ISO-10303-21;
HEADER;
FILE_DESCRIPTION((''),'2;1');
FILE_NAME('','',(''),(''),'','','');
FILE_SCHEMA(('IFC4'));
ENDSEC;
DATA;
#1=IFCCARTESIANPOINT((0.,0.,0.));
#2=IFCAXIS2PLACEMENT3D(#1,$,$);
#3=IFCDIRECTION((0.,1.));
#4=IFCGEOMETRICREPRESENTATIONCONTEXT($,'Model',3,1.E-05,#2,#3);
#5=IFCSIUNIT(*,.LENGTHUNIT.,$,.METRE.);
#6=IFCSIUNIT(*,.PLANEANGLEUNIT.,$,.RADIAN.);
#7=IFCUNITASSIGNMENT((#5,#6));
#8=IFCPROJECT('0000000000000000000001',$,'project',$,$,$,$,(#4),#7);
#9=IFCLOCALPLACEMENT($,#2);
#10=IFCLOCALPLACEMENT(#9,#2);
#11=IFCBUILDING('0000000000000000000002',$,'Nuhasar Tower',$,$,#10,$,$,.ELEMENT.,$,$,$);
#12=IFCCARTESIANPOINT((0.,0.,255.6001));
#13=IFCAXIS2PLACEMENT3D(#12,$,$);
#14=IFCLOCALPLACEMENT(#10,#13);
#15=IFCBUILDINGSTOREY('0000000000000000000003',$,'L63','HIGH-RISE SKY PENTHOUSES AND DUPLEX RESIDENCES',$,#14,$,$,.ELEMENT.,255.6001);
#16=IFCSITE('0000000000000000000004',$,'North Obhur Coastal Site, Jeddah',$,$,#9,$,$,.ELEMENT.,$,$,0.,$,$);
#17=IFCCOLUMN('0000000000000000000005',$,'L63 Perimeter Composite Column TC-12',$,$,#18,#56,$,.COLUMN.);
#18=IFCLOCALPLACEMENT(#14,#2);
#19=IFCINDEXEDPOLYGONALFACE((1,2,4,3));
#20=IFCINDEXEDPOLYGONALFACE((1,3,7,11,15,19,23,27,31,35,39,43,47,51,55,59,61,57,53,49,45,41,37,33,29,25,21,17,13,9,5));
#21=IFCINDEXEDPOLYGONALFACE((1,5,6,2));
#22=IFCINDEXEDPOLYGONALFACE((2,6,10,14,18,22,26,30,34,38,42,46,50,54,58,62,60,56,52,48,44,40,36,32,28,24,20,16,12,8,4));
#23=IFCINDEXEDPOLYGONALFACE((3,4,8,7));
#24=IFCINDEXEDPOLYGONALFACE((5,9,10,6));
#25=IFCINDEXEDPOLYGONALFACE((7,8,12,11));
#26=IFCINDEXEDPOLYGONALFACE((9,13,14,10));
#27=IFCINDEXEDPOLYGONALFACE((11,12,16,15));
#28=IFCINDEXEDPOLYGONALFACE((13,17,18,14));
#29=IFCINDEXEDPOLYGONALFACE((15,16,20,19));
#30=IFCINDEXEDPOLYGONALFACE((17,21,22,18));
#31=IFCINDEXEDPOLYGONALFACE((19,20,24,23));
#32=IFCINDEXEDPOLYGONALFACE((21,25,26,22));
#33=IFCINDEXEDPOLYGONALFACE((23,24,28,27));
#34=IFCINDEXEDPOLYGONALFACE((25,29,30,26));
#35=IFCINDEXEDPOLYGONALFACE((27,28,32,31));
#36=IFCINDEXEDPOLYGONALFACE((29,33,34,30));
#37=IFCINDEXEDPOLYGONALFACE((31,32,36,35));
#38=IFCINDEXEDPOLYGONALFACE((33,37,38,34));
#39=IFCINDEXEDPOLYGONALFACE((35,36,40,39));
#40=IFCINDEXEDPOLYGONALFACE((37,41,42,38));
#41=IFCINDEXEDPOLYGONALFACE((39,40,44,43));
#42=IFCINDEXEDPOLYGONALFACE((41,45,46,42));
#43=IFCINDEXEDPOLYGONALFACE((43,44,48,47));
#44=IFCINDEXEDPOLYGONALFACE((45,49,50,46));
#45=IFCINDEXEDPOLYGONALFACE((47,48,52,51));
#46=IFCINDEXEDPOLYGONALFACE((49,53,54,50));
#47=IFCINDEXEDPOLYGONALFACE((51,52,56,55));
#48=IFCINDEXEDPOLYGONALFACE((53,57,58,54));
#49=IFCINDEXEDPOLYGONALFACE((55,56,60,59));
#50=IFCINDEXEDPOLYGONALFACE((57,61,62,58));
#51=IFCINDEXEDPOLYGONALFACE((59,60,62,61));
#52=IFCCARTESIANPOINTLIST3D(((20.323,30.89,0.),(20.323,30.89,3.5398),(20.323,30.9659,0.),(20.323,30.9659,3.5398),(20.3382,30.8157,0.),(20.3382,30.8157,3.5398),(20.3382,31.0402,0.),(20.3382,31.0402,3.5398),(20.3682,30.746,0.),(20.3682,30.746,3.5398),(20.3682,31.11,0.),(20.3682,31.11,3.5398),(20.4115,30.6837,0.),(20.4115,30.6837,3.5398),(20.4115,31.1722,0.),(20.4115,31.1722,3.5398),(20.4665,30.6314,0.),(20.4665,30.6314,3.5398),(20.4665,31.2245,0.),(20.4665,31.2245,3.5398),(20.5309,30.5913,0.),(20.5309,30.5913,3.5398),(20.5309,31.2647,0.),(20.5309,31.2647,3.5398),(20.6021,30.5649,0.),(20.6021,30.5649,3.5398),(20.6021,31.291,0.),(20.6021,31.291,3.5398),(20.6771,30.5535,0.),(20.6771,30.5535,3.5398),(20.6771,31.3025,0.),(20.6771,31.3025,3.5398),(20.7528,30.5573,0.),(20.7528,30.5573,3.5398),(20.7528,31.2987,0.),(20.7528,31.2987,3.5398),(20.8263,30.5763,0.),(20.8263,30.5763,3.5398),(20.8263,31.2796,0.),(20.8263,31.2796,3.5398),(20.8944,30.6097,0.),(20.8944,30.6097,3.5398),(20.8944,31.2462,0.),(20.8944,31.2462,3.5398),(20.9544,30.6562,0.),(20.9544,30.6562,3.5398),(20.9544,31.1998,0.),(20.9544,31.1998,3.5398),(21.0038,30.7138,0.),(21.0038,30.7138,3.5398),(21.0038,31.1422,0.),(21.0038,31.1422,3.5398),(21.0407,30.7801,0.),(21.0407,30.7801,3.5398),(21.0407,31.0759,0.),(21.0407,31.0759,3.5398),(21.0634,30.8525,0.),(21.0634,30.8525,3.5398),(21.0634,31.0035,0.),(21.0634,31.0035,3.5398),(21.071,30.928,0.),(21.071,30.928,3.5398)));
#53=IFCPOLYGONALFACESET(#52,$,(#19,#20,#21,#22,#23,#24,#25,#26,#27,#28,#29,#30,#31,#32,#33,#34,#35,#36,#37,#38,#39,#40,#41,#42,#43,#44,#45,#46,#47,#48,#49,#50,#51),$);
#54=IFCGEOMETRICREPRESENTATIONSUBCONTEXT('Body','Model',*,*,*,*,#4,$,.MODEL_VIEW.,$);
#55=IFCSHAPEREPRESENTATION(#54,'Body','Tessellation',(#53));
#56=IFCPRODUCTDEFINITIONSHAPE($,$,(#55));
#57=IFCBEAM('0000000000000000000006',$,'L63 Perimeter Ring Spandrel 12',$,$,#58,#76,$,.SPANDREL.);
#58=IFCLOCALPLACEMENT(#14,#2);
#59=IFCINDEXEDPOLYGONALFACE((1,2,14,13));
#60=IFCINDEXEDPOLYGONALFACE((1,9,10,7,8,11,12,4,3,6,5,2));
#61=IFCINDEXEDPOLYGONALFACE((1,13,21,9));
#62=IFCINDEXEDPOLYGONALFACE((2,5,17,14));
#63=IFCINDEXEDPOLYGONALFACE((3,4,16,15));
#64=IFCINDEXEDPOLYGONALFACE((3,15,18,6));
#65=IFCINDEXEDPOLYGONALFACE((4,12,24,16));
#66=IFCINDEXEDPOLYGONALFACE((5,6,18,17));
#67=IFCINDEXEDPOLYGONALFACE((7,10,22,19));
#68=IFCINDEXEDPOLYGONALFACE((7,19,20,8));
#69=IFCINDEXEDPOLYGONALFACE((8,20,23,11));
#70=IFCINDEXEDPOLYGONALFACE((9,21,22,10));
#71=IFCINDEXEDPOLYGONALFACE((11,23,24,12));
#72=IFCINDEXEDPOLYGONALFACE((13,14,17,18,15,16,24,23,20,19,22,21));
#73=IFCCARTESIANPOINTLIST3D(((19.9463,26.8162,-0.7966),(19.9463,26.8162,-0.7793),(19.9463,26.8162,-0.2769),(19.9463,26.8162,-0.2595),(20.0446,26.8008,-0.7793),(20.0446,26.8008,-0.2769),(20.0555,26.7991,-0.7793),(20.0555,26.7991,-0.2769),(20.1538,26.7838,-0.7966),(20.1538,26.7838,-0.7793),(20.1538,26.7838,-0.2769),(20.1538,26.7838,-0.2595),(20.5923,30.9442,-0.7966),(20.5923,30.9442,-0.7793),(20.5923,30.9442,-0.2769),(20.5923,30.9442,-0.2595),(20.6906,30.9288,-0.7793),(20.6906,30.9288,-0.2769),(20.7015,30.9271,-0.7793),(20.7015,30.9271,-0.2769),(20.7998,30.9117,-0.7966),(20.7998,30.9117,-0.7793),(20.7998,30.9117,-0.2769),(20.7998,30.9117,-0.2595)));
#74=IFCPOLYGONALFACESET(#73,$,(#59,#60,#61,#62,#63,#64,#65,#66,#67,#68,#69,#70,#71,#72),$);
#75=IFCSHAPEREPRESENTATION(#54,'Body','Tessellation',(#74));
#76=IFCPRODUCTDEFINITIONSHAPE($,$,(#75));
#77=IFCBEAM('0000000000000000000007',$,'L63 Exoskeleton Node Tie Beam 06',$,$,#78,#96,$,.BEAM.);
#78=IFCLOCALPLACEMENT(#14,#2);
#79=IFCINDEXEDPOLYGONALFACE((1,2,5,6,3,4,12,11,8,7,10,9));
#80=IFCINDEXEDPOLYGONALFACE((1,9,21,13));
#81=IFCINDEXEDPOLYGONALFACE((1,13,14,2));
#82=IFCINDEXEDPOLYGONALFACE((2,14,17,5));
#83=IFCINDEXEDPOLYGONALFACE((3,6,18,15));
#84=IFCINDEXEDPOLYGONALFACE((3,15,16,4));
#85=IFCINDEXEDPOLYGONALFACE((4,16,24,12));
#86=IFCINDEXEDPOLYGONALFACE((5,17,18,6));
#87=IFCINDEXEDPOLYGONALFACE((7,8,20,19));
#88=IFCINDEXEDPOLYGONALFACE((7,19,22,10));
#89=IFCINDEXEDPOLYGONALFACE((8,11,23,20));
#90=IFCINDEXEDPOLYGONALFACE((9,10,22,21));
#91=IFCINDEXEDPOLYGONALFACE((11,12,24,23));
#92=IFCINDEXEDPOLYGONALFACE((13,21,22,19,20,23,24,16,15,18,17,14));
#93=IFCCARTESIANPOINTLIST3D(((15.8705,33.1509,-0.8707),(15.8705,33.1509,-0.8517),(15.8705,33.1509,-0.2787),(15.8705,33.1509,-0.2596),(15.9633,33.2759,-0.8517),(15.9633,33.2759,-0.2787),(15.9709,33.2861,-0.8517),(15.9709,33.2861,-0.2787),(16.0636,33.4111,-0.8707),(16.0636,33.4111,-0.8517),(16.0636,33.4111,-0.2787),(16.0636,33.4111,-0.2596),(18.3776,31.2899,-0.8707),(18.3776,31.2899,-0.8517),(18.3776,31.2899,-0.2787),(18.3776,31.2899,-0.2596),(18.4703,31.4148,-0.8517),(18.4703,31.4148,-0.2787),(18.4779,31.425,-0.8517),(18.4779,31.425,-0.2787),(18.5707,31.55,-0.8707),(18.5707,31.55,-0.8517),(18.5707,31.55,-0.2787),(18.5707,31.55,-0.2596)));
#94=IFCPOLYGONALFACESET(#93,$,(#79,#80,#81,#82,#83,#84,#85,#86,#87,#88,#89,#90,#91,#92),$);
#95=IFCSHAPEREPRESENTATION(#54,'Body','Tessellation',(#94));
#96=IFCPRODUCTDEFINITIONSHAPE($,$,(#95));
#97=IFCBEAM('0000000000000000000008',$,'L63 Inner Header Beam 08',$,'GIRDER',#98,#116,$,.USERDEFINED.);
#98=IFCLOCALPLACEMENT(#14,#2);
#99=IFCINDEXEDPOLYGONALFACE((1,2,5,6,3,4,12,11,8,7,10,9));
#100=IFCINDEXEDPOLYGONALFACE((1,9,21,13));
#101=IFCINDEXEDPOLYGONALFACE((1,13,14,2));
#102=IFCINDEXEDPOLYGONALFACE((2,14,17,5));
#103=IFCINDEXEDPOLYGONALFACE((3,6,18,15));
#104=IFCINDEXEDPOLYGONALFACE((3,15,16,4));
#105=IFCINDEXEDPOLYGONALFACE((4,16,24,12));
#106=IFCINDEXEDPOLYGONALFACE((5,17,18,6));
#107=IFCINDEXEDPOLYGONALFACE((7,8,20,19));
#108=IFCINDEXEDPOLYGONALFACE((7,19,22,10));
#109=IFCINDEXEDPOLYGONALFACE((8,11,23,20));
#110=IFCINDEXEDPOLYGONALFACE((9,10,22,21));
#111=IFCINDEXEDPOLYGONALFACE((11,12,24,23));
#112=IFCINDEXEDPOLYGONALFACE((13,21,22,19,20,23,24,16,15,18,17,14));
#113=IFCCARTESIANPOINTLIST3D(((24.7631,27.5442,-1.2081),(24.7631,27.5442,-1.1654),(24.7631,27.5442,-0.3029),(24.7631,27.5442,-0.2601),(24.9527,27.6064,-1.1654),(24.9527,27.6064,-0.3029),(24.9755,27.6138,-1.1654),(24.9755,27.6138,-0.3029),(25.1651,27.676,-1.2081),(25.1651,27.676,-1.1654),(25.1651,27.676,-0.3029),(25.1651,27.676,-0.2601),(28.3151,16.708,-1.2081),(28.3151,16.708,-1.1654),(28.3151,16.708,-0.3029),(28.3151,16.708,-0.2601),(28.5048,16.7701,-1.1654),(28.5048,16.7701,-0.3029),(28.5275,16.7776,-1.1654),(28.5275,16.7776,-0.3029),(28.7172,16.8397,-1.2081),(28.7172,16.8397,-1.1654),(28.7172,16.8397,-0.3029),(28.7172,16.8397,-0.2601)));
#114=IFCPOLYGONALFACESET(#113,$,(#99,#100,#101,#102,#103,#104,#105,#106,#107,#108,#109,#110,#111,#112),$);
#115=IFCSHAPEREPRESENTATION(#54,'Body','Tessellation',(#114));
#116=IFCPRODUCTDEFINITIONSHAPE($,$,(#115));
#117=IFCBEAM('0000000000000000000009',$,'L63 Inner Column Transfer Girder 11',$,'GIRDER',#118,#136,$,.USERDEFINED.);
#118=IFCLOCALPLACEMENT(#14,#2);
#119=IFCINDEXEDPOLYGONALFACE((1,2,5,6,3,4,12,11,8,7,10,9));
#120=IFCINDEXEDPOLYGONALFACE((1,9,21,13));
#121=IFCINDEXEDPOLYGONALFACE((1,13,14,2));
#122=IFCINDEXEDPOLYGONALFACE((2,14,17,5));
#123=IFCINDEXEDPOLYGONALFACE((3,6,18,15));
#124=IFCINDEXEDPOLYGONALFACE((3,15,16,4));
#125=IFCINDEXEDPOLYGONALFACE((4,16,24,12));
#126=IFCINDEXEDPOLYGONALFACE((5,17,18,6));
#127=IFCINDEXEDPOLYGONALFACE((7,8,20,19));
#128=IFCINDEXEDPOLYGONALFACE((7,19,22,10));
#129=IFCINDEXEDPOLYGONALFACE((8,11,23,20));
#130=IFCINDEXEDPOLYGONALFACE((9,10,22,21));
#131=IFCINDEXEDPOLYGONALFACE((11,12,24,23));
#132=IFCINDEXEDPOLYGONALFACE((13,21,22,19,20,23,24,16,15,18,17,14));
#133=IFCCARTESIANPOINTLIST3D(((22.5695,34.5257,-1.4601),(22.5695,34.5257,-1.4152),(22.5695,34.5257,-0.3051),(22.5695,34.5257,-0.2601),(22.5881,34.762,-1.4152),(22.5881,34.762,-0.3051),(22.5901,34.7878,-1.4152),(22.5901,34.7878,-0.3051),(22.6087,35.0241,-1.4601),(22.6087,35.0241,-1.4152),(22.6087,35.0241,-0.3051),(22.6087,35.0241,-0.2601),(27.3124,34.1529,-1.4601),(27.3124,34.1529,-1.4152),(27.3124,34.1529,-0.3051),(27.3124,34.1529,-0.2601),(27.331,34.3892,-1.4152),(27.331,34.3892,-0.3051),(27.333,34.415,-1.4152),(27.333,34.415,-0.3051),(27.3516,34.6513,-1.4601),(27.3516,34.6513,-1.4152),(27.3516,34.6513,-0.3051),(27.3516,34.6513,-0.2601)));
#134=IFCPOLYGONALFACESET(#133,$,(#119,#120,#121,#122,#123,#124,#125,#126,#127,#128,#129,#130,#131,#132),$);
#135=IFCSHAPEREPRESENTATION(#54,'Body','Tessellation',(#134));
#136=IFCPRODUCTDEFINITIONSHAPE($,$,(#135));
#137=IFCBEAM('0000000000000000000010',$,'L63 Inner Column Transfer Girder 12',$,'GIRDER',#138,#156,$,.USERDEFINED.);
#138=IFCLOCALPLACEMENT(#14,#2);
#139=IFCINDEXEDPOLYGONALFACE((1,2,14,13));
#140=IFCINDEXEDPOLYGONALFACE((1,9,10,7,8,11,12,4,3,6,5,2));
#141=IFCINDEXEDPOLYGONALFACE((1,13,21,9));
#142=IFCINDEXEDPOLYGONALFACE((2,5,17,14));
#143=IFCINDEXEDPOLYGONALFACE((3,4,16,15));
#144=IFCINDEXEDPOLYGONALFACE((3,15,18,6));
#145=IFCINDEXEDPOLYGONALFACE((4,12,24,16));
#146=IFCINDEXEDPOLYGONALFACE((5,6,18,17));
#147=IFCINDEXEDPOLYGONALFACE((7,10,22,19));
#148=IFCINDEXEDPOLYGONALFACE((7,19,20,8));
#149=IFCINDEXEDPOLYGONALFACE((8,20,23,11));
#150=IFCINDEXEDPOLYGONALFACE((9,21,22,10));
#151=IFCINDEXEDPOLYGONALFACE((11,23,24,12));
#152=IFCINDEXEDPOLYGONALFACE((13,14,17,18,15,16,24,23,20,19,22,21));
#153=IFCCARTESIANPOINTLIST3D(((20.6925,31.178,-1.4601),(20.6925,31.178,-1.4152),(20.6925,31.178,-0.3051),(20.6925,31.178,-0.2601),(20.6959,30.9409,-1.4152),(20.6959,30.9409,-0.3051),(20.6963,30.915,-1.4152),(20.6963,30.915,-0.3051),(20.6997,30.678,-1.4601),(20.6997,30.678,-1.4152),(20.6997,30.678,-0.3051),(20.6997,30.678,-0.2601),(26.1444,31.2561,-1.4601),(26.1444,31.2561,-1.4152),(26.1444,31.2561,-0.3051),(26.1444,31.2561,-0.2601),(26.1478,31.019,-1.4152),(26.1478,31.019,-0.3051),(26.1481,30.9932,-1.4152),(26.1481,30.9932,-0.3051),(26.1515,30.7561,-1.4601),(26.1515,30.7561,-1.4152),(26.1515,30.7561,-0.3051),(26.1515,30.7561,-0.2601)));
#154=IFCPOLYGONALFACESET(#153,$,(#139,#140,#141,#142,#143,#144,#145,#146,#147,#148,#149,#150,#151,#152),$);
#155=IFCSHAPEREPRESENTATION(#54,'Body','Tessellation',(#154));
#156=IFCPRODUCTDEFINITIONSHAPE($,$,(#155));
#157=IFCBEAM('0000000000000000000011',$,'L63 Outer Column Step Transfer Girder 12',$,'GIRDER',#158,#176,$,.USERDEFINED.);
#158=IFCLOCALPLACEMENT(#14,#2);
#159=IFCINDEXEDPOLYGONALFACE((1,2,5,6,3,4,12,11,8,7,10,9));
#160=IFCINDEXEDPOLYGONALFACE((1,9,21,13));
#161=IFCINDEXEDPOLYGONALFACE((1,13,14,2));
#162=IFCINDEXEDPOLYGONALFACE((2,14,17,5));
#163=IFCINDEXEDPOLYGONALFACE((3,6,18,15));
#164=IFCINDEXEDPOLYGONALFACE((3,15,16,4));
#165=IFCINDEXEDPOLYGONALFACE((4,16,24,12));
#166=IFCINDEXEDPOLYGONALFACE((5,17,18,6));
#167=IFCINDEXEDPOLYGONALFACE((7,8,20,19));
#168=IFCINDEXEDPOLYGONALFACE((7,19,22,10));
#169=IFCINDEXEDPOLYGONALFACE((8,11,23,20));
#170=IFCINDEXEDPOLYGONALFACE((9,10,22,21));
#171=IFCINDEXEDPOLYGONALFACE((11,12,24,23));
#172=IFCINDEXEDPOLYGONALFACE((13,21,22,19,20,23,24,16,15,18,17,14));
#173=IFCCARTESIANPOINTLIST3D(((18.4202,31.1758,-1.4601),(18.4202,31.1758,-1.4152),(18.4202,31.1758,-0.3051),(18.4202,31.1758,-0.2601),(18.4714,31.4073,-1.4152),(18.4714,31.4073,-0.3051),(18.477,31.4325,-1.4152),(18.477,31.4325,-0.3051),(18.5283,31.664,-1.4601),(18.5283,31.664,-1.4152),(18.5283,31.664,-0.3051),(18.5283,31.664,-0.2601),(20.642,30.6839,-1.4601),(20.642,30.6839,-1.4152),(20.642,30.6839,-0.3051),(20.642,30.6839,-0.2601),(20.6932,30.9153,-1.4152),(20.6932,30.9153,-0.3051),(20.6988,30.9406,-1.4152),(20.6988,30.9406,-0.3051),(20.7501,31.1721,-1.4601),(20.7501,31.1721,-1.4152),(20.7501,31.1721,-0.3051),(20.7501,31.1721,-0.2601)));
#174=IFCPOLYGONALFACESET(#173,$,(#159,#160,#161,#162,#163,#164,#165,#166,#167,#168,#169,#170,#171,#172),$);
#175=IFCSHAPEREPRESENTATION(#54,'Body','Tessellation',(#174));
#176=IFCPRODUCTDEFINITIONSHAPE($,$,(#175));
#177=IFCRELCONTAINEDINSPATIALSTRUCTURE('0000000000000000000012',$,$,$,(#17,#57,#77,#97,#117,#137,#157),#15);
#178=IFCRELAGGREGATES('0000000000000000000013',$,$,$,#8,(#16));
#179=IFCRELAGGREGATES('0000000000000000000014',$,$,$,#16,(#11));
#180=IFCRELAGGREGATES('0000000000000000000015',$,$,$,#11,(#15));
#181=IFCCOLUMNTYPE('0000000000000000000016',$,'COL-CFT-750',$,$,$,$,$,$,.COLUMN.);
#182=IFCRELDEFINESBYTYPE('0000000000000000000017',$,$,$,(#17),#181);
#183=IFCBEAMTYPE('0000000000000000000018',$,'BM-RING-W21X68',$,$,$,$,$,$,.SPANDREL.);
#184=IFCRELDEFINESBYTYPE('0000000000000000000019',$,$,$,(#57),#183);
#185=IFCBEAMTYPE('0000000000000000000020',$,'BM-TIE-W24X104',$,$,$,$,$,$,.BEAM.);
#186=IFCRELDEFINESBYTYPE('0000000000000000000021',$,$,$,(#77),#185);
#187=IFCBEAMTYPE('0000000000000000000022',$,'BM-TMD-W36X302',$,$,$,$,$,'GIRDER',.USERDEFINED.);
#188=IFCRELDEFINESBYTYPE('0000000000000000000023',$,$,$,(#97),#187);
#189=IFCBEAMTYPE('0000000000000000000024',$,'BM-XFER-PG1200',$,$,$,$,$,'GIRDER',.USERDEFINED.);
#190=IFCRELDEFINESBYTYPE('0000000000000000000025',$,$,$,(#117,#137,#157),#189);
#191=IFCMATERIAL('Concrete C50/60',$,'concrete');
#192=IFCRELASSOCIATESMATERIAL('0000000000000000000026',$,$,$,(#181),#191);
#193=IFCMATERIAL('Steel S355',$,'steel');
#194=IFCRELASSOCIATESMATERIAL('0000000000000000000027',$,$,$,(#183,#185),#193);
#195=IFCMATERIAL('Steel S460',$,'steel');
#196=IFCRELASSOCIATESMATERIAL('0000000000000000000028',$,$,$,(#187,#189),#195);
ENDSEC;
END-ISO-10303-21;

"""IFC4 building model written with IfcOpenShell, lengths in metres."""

from ifc_helpers import new_model, si_unit, direction, frame, origin, origin_2d, place, context, subcontext, project, spatial, circle, i_section, extrude, material, material_profile, profile_set, type_object, element, save


model = new_model("IFC4")

# Units and contexts
model_context = context("Model", 3, precision=1e-05, world=origin(), true_north=direction((0.0, 1.0)))
body_context = subcontext(model_context, "Body", "Model", "MODEL_VIEW")
ifc_project = project(units=[si_unit("LENGTHUNIT", "METRE"), si_unit("PLANEANGLEUNIT", "RADIAN")], contexts=[model_context])

# Site, building, storey
site_placement = place(None, origin())
site = spatial("IfcSite", under=ifc_project, at=site_placement, Name="North Obhur Coastal Site, Jeddah", CompositionType="ELEMENT", RefElevation=0.0)
building_placement = place(site_placement, origin())
building = spatial("IfcBuilding", under=site, at=building_placement, Name="Nuhasar Tower", CompositionType="ELEMENT")
storey_placement = place(building_placement, frame((0.0, 0.0, 255.6001)))
storey = spatial("IfcBuildingStorey", under=building, at=storey_placement, Name="L63", Description="HIGH-RISE SKY PENTHOUSES AND DUPLEX RESIDENCES", CompositionType="ELEMENT", Elevation=255.6001)

# Column
ifc_material_1 = material(Name="Concrete C50/60", Category="concrete")
ifc_material_profile_1 = material_profile(ifc_material_1, circle(Radius=0.375, at=origin_2d()), Name="CFT750")
ifc_profile_set_1 = profile_set([ifc_material_profile_1], Name="Concrete C50/60")
column_type = type_object("IfcColumnType", Name="COL-CFT-750", PredefinedType="COLUMN", material=ifc_profile_set_1)
column_placement = place(storey_placement, frame((20.696, 30.928, 0.0), z_axis=(0.0, 0.0, 1.0), x_axis=(1.0, 0.0, 0.0)))
element("IfcColumn", 1, at=column_placement, inside=storey, type_object=column_type, Name="L63 Perimeter Composite Column TC-12", PredefinedType="COLUMN", context=body_context, shape_type="SweptSolid", body=[
    extrude(circle(Radius=0.375, at=origin_2d()), origin(), (0.0, 0.0, 1.0), 3.5398),
])

# Beams
ifc_material_2 = material(Name="Steel S355", Category="steel")
ifc_material_profile_2 = material_profile(ifc_material_2, i_section(OverallWidth=0.21, OverallDepth=0.5371, WebThickness=0.011, FlangeThickness=0.0173, at=origin_2d()), Name="W21X68")
ifc_profile_set_2 = profile_set([ifc_material_profile_2], Name="Steel S355")
beam_type_1 = type_object("IfcBeamType", Name="BM-RING-W21X68", PredefinedType="SPANDREL", material=ifc_profile_set_2)
beam_1_placement = place(storey_placement, frame((20.696, 30.928, -0.5281), z_axis=(-0.154612, -0.987975, 0.0), x_axis=(0.987975, -0.154612, 0.0)))
element("IfcBeam", 2, at=beam_1_placement, inside=storey, type_object=beam_type_1, Name="L63 Perimeter Ring Spandrel 12", PredefinedType="SPANDREL", context=body_context, shape_type="SweptSolid", body=[
    extrude(i_section(OverallWidth=0.21, OverallDepth=0.5371, WebThickness=0.011, FlangeThickness=0.0173, at=origin_2d()), origin(), (0.0, 0.0, 1.0), 4.1782),
])
ifc_material_profile_3 = material_profile(ifc_material_2, i_section(OverallWidth=0.324, OverallDepth=0.6111, WebThickness=0.0127, FlangeThickness=0.019, at=origin_2d()), Name="W24X104")
ifc_profile_set_3 = profile_set([ifc_material_profile_3], Name="Steel S355")
beam_type_2 = type_object("IfcBeamType", Name="BM-TIE-W24X104", PredefinedType="BEAM", material=ifc_profile_set_3)
beam_2_placement = place(storey_placement, frame((18.4741, 31.4199, -0.5652), z_axis=(-0.802946, 0.596052, 0.0), x_axis=(-0.596052, -0.802946, 0.0)))
element("IfcBeam", 3, at=beam_2_placement, inside=storey, type_object=beam_type_2, Name="L63 Exoskeleton Node Tie Beam 06", PredefinedType="BEAM", context=body_context, shape_type="SweptSolid", body=[
    extrude(i_section(OverallWidth=0.324, OverallDepth=0.6111, WebThickness=0.0127, FlangeThickness=0.019, at=origin_2d()), origin(), (0.0, 0.0, 1.0), 3.1223),
])
ifc_material_3 = material(Name="Steel S460", Category="steel")
ifc_material_profile_4 = material_profile(ifc_material_3, i_section(OverallWidth=0.4231, OverallDepth=0.948, WebThickness=0.0239, FlangeThickness=0.0427, at=origin_2d()), Name="W36X302")
ifc_profile_set_4 = profile_set([ifc_material_profile_4], Name="Steel S460")
beam_type_3 = type_object("IfcBeamType", Name="BM-TMD-W36X302", ElementType="GIRDER", PredefinedType="USERDEFINED", material=ifc_profile_set_4)
beam_3_placement = place(storey_placement, frame((24.9641, 27.6101, -0.7341), z_axis=(0.311484, -0.950251, 0.0), x_axis=(0.950251, 0.311484, 0.0)))
element("IfcBeam", 4, at=beam_3_placement, inside=storey, type_object=beam_type_3, Name="L63 Inner Header Beam 08", ObjectType="GIRDER", PredefinedType="USERDEFINED", context=body_context, shape_type="SweptSolid", body=[
    extrude(i_section(OverallWidth=0.4231, OverallDepth=0.948, WebThickness=0.0239, FlangeThickness=0.0427, at=origin_2d()), origin(), (0.0, 0.0, 1.0), 11.4036),
])
ifc_material_profile_5 = material_profile(ifc_material_3, i_section(OverallWidth=0.5, OverallDepth=1.2, WebThickness=0.0259, FlangeThickness=0.0449, at=origin_2d()), Name="PG1200X500")
ifc_profile_set_5 = profile_set([ifc_material_profile_5], Name="Steel S460")
beam_type_4 = type_object("IfcBeamType", Name="BM-XFER-PG1200", ElementType="GIRDER", PredefinedType="USERDEFINED", material=ifc_profile_set_5)
beam_4_placement = place(storey_placement, frame((27.332, 34.4021, -0.8601), z_axis=(-0.996925, 0.07836, 0.0), x_axis=(-0.07836, -0.996925, 0.0)))
element("IfcBeam", 5, at=beam_4_placement, inside=storey, type_object=beam_type_4, Name="L63 Inner Column Transfer Girder 11", ObjectType="GIRDER", PredefinedType="USERDEFINED", context=body_context, shape_type="SweptSolid", body=[
    extrude(i_section(OverallWidth=0.5, OverallDepth=1.2, WebThickness=0.0259, FlangeThickness=0.0449, at=origin_2d()), origin(), (0.0, 0.0, 1.0), 4.7576),
])
beam_5_placement = place(storey_placement, frame((26.1479, 31.0061, -0.8601), z_axis=(-0.999897, -0.014328, 0.0), x_axis=(0.014328, -0.999897, 0.0)))
element("IfcBeam", 6, at=beam_5_placement, inside=storey, type_object=beam_type_4, Name="L63 Inner Column Transfer Girder 12", ObjectType="GIRDER", PredefinedType="USERDEFINED", context=body_context, shape_type="SweptSolid", body=[
    extrude(i_section(OverallWidth=0.5, OverallDepth=1.2, WebThickness=0.0259, FlangeThickness=0.0449, at=origin_2d()), origin(), (0.0, 0.0, 1.0), 5.4524),
])
beam_6_placement = place(storey_placement, frame((20.696, 30.928, -0.8601), z_axis=(-0.976356, 0.216169, 0.0), x_axis=(-0.216169, -0.976356, 0.0)))
element("IfcBeam", 7, at=beam_6_placement, inside=storey, type_object=beam_type_4, Name="L63 Outer Column Step Transfer Girder 12", ObjectType="GIRDER", PredefinedType="USERDEFINED", context=body_context, shape_type="SweptSolid", body=[
    extrude(i_section(OverallWidth=0.5, OverallDepth=1.2, WebThickness=0.0259, FlangeThickness=0.0449, at=origin_2d()), origin(), (0.0, 0.0, 1.0), 2.2756),
])

save(model, "model.ifc")
